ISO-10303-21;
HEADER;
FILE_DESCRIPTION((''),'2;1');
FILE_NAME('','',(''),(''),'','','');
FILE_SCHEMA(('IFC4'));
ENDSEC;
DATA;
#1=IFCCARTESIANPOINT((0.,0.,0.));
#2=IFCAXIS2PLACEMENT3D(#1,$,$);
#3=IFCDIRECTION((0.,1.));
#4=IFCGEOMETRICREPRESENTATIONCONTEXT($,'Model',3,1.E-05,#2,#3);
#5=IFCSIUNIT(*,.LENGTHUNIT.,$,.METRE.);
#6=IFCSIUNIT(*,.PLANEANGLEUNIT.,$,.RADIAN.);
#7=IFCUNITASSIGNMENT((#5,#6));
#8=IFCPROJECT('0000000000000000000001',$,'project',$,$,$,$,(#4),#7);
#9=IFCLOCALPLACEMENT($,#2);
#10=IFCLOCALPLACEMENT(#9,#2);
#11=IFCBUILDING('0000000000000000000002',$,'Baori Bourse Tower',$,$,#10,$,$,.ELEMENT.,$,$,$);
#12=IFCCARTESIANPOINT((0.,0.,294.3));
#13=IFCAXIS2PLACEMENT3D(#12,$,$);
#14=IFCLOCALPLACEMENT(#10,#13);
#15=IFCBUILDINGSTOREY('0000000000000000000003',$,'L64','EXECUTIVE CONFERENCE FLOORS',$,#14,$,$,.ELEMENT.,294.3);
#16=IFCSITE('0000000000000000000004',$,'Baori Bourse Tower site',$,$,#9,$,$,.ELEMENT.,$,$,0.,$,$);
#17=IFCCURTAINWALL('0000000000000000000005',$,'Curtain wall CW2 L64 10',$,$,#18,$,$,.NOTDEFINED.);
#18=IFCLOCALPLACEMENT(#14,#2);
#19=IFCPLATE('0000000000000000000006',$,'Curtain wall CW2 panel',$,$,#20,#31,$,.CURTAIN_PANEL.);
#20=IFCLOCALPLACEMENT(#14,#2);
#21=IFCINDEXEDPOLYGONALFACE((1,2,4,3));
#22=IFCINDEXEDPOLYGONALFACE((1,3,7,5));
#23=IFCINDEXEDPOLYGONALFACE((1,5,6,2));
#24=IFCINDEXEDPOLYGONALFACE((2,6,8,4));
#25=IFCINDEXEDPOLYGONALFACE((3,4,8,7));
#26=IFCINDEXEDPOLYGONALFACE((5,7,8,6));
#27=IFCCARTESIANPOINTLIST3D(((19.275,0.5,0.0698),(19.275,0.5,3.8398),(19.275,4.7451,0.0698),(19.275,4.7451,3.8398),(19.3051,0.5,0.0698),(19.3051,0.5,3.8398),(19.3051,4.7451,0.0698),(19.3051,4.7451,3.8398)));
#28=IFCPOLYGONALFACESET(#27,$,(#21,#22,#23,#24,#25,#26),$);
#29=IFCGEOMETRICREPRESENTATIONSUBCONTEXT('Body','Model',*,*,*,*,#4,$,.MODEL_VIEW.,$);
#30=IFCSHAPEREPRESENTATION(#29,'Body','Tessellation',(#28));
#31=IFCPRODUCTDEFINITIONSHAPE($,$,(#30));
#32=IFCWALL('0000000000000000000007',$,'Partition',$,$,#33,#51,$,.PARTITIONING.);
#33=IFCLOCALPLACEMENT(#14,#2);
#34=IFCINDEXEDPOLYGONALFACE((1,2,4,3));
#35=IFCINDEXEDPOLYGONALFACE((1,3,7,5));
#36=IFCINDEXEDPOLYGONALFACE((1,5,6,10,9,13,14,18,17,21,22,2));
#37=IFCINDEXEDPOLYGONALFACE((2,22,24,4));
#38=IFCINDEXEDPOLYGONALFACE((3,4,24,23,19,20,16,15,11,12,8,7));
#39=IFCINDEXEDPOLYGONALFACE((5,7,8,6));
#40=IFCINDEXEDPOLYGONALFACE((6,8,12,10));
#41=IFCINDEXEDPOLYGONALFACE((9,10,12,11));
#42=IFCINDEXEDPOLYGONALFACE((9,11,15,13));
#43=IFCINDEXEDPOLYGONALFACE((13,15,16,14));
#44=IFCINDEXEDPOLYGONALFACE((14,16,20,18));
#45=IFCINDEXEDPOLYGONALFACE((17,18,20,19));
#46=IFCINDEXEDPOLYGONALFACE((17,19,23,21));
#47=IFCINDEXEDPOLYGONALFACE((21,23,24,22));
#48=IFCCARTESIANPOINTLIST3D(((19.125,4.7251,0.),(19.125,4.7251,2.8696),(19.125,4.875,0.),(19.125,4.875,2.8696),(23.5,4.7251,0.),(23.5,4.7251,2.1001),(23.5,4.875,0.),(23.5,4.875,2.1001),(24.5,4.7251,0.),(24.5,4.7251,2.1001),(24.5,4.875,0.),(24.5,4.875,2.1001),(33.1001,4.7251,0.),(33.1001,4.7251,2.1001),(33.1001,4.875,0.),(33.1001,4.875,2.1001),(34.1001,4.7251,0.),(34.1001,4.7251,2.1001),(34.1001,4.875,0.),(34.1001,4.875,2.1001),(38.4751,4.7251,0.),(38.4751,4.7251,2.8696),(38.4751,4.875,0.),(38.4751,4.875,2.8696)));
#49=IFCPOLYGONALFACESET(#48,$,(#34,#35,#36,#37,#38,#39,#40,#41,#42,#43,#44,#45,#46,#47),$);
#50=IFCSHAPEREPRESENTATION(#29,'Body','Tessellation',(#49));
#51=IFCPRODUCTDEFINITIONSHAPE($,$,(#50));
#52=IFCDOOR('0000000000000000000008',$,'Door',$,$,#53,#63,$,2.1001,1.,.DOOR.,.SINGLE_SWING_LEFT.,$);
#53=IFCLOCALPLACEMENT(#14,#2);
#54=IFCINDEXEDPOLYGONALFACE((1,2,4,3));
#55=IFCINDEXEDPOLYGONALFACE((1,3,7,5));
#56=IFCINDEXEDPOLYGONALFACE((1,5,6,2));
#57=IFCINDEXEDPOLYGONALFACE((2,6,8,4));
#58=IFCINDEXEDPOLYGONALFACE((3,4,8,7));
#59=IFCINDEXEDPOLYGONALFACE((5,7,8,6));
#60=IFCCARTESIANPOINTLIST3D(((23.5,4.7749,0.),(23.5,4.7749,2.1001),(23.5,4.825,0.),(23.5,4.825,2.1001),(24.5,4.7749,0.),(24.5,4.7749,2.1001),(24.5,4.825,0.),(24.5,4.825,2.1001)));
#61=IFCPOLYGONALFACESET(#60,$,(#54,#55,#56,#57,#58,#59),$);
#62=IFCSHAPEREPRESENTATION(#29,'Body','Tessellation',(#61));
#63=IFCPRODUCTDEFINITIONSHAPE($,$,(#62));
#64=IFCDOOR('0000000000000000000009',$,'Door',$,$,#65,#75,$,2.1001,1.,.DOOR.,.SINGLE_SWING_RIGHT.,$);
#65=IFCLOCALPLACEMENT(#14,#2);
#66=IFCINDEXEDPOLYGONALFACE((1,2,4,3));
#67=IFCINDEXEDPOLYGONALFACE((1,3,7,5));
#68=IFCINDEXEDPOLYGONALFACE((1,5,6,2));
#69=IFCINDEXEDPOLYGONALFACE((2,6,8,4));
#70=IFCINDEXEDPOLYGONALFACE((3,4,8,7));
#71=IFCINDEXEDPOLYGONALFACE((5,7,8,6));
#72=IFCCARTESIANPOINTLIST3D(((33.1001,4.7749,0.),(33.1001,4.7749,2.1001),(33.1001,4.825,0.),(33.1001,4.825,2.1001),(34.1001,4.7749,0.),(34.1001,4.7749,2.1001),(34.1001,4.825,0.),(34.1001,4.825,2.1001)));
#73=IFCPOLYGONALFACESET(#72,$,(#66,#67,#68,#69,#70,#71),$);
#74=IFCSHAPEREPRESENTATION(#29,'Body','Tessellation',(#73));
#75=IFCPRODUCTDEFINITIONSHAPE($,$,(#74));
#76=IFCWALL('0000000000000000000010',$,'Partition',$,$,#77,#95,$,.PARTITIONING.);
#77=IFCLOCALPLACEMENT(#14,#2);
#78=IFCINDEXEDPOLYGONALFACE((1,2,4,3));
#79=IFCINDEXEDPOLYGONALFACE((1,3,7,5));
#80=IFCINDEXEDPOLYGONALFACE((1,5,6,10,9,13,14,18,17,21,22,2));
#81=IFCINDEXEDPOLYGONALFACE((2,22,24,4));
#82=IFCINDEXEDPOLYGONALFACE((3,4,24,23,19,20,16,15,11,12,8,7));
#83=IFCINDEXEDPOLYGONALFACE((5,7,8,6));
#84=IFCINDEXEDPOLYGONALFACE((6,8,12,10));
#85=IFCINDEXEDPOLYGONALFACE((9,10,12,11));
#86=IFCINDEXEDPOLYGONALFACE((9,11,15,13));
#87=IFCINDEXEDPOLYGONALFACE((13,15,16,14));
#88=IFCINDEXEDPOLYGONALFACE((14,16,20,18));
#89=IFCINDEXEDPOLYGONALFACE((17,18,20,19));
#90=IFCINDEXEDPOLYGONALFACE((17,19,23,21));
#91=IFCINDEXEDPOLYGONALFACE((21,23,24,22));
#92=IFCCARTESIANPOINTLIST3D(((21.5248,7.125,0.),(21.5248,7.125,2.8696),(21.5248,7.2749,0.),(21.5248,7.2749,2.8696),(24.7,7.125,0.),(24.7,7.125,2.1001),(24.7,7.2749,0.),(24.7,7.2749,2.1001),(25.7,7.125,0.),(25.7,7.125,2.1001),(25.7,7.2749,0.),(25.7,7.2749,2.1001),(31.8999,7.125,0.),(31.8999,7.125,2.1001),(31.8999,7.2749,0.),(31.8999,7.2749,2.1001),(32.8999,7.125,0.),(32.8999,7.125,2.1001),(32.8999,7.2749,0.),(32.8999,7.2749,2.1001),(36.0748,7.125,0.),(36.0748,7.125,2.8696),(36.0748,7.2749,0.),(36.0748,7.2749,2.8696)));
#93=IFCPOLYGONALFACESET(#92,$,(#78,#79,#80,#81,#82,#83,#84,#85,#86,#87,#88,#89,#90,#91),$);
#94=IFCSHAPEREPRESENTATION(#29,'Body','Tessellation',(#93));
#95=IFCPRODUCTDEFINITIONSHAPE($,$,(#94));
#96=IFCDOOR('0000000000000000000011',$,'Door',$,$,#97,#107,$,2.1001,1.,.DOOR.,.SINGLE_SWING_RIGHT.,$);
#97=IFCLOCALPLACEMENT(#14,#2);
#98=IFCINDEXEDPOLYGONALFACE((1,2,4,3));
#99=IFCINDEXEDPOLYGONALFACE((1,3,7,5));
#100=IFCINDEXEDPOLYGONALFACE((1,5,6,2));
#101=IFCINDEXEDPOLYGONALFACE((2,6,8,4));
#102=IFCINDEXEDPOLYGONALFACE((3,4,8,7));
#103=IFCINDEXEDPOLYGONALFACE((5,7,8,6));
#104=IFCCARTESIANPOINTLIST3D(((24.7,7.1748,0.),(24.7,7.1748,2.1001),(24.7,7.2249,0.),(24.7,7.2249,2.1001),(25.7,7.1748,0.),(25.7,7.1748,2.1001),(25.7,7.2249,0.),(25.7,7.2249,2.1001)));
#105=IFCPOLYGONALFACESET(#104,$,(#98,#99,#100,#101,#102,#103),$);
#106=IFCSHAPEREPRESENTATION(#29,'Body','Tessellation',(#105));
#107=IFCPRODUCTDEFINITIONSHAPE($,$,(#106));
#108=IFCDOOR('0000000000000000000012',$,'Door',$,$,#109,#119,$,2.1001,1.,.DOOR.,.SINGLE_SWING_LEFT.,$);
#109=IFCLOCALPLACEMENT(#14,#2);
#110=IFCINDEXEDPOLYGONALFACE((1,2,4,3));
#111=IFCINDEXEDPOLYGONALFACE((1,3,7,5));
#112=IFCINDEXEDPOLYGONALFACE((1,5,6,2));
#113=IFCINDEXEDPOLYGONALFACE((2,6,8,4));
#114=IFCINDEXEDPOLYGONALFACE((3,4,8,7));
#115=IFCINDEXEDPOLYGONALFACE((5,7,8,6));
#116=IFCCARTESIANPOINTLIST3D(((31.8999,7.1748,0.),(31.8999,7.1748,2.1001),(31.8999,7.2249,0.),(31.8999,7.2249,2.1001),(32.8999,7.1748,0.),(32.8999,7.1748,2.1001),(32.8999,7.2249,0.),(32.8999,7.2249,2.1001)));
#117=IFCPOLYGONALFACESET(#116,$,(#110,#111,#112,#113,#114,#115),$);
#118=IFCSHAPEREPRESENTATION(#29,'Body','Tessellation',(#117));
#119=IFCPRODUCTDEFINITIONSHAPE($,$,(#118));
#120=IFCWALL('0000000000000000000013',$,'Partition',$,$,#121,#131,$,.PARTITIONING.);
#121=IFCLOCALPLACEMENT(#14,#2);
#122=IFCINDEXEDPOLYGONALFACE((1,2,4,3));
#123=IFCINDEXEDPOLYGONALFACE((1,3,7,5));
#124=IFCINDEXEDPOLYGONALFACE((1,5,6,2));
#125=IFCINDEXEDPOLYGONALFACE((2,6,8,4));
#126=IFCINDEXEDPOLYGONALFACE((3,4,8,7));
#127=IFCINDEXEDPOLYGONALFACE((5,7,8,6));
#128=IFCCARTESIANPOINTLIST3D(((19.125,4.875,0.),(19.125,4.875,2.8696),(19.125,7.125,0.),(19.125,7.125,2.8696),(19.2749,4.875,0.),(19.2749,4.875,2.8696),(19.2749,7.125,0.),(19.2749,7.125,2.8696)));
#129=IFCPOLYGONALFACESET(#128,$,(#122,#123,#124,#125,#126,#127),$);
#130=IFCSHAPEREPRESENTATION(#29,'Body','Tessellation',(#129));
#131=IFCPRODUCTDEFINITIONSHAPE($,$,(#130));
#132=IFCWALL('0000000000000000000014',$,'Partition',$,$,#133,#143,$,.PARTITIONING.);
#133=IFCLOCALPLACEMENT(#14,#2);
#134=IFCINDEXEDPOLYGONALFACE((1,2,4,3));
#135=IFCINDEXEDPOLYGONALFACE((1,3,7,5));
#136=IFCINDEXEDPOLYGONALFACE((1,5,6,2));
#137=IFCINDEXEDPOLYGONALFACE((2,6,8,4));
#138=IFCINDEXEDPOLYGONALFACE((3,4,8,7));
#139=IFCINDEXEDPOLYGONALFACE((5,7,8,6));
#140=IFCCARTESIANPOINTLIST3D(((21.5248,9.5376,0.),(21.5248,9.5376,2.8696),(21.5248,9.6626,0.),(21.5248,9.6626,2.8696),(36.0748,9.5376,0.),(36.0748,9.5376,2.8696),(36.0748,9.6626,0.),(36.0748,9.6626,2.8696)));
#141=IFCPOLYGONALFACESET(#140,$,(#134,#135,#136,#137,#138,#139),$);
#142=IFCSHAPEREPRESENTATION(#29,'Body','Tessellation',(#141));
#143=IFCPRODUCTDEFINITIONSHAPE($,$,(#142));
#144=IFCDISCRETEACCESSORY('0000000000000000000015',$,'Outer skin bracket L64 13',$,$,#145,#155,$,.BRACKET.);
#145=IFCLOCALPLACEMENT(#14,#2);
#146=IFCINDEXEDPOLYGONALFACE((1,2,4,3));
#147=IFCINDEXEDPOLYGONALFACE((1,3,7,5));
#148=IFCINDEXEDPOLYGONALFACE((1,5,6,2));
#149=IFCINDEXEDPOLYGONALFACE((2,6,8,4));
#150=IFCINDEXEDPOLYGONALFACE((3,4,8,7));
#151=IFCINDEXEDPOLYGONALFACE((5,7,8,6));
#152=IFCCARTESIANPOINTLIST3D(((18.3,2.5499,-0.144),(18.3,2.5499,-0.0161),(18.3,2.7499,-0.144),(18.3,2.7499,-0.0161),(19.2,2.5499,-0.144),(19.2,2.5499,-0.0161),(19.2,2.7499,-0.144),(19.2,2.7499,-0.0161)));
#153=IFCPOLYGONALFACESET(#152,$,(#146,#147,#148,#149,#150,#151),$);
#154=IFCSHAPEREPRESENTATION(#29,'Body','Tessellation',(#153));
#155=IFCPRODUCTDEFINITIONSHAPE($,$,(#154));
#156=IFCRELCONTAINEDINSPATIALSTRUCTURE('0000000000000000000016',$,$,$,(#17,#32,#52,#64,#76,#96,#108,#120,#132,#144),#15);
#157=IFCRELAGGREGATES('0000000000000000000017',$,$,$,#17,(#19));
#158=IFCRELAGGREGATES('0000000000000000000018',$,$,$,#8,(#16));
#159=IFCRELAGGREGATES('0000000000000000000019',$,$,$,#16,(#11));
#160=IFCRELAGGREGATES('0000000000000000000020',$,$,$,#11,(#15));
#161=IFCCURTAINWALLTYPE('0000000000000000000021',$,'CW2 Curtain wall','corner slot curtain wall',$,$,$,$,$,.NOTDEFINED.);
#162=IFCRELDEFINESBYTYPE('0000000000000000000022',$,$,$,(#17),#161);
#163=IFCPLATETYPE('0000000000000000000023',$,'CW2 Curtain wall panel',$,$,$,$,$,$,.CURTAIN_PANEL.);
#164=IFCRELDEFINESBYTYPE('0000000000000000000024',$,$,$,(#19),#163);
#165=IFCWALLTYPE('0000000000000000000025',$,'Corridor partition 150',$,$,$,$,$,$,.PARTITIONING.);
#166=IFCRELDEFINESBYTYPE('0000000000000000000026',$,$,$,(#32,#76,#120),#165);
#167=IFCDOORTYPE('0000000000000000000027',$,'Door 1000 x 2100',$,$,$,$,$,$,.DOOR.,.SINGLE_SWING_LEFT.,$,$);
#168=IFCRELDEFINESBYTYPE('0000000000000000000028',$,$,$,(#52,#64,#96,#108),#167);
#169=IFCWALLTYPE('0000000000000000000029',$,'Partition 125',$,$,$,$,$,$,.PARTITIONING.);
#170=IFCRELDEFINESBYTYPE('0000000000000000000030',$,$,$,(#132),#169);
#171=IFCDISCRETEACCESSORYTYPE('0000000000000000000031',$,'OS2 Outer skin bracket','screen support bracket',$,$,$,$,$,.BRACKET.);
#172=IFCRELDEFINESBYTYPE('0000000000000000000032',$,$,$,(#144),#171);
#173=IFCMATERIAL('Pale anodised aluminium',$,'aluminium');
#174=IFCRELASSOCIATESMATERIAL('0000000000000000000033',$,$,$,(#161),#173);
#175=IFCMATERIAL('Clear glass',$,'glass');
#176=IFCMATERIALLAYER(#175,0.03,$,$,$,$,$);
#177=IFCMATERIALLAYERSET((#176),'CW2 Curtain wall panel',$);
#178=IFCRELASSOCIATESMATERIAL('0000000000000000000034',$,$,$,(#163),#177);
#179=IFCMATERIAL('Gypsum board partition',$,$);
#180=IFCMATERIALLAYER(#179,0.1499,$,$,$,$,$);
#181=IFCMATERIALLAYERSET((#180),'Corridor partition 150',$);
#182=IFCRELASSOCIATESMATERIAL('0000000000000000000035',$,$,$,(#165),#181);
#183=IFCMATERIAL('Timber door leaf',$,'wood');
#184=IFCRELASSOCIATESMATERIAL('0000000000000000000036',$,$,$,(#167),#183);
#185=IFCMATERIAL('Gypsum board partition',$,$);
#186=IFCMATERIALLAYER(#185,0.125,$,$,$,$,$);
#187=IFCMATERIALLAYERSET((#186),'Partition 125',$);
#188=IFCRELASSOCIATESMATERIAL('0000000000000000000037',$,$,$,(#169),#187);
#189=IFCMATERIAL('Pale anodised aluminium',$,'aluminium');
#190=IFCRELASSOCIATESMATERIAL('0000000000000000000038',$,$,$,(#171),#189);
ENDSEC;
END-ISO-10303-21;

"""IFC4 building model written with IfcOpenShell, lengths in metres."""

from ifc_helpers import new_model, si_unit, direction, frame, frame_2d, origin, origin_2d, place, context, subcontext, project, spatial, rectangle, extrude, material, layer, layer_set, type_object, element, fill, aggregate, save


model = new_model("IFC4")

# Units and contexts
model_context = context("Model", 3, precision=1e-05, world=origin(), true_north=direction((0.0, 1.0)))
body_context = subcontext(model_context, "Body", "Model", "MODEL_VIEW")
ifc_project = project(units=[si_unit("LENGTHUNIT", "METRE"), si_unit("PLANEANGLEUNIT", "RADIAN")], contexts=[model_context])

# Site, building, storey
site_placement = place(None, origin())
site = spatial("IfcSite", under=ifc_project, at=site_placement, Name="Baori Bourse Tower site", CompositionType="ELEMENT", RefElevation=0.0)
building_placement = place(site_placement, origin())
building = spatial("IfcBuilding", under=site, at=building_placement, Name="Baori Bourse Tower", CompositionType="ELEMENT")
storey_placement = place(building_placement, frame((0.0, 0.0, 294.3)))
storey = spatial("IfcBuildingStorey", under=building, at=storey_placement, Name="L64", Description="EXECUTIVE CONFERENCE FLOORS", CompositionType="ELEMENT", Elevation=294.3)

# Curtain wall
ifc_material_1 = material(Name="Pale anodised aluminium", Category="aluminium")
curtain_wall_type_1 = type_object("IfcCurtainWallType", Name="CW2 Curtain wall", Description="corner slot curtain wall", PredefinedType="NOTDEFINED", material=ifc_material_1)
curtain_wall_1_placement = place(storey_placement, origin())
curtain_wall_1 = element("IfcCurtainWall", 1, at=curtain_wall_1_placement, inside=storey, type_object=curtain_wall_type_1, Name="Curtain wall CW2 L64 10", PredefinedType="NOTDEFINED")

# Plate
ifc_material_2 = material(Name="Clear glass", Category="glass")
ifc_layer_1 = layer(ifc_material_2, 0.03)
ifc_layer_set_1 = layer_set([ifc_layer_1], Name="CW2 Curtain wall panel")
plate_type = type_object("IfcPlateType", Name="CW2 Curtain wall panel", PredefinedType="CURTAIN_PANEL", material=ifc_layer_set_1)
plate_placement = place(storey_placement, frame((19.29, 2.6226, 0.0698), z_axis=(0.0, 0.0, 1.0), x_axis=(0.0, -1.0, 0.0)))
plate = element("IfcPlate", 2, at=plate_placement, type_object=plate_type, Name="Curtain wall CW2 panel", PredefinedType="CURTAIN_PANEL", context=body_context, shape_type="SweptSolid", body=[
    extrude(rectangle(XDim=4.2451, YDim=0.03, at=origin_2d()), origin(), (0.0, 0.0, 1.0), 3.77),
])
aggregate(curtain_wall_1, [plate])

# Walls, openings, doors
ifc_material_3 = material(Name="Gypsum board partition")
ifc_layer_2 = layer(ifc_material_3, 0.1499)
ifc_layer_set_2 = layer_set([ifc_layer_2], Name="Corridor partition 150")
wall_type_1 = type_object("IfcWallType", Name="Corridor partition 150", PredefinedType="PARTITIONING", material=ifc_layer_set_2)
wall_1_placement = place(storey_placement, frame((19.125, 4.8, 0.0), z_axis=(0.0, 0.0, 1.0), x_axis=(1.0, 0.0, 0.0)))
wall_1 = element("IfcWall", 3, at=wall_1_placement, inside=storey, type_object=wall_type_1, Name="Partition", PredefinedType="PARTITIONING", context=body_context, shape_type="SweptSolid", body=[
    extrude(rectangle(XDim=19.3501, YDim=0.1499, at=frame_2d((9.675, 0.0))), origin(), (0.0, 0.0, 1.0), 2.8696),
])
opening_1_placement = place(wall_1_placement, frame((4.375, 0.0, 0.0)))
opening_1 = element("IfcOpeningElement", 4, at=opening_1_placement, cuts=wall_1, PredefinedType="OPENING", context=body_context, shape_type="SweptSolid", body=[
    extrude(rectangle(XDim=1.0, YDim=2.1001, at=frame_2d((0.5, 1.05))), frame((0.0, 0.085, 0.0), z_axis=(0.0, -1.0, 0.0), x_axis=(1.0, 0.0, 0.0)), (0.0, 0.0, 1.0), 0.1699),
])
opening_2_placement = place(wall_1_placement, frame((13.9751, 0.0, 0.0)))
opening_2 = element("IfcOpeningElement", 5, at=opening_2_placement, cuts=wall_1, PredefinedType="OPENING", context=body_context, shape_type="SweptSolid", body=[
    extrude(rectangle(XDim=1.0, YDim=2.1001, at=frame_2d((0.5, 1.05))), frame((0.0, 0.085, 0.0), z_axis=(0.0, -1.0, 0.0), x_axis=(1.0, 0.0, 0.0)), (0.0, 0.0, 1.0), 0.1699),
])
ifc_material_4 = material(Name="Timber door leaf", Category="wood")
door_type = type_object("IfcDoorType", Name="Door 1000 x 2100", OperationType="SINGLE_SWING_LEFT", PredefinedType="DOOR", material=ifc_material_4)
door_1_placement = place(opening_1_placement, origin())
door_1 = element("IfcDoor", 6, at=door_1_placement, inside=storey, type_object=door_type, Name="Door", OperationType="SINGLE_SWING_LEFT", OverallHeight=2.1001, OverallWidth=1.0, PredefinedType="DOOR", context=body_context, shape_type="SweptSolid", body=[
    extrude(rectangle(XDim=1.0, YDim=2.1001, at=frame_2d((0.5, 1.05))), frame((0.0, 0.0249, 0.0), z_axis=(0.0, -1.0, 0.0), x_axis=(1.0, 0.0, 0.0)), (0.0, 0.0, 1.0), 0.05),
])
fill(opening_1, door_1)
door_2_placement = place(opening_2_placement, origin())
door_2 = element("IfcDoor", 7, at=door_2_placement, inside=storey, type_object=door_type, Name="Door", OperationType="SINGLE_SWING_RIGHT", OverallHeight=2.1001, OverallWidth=1.0, PredefinedType="DOOR", context=body_context, shape_type="SweptSolid", body=[
    extrude(rectangle(XDim=1.0, YDim=2.1001, at=frame_2d((0.5, 1.05))), frame((0.0, 0.0249, 0.0), z_axis=(0.0, -1.0, 0.0), x_axis=(1.0, 0.0, 0.0)), (0.0, 0.0, 1.0), 0.05),
])
fill(opening_2, door_2)
wall_2_placement = place(storey_placement, frame((21.5249, 7.2, 0.0), z_axis=(0.0, 0.0, 1.0), x_axis=(1.0, 0.0, 0.0)))
wall_2 = element("IfcWall", 8, at=wall_2_placement, inside=storey, type_object=wall_type_1, Name="Partition", PredefinedType="PARTITIONING", context=body_context, shape_type="SweptSolid", body=[
    extrude(rectangle(XDim=14.55, YDim=0.1499, at=frame_2d((7.2749, 0.0))), origin(), (0.0, 0.0, 1.0), 2.8696),
])
opening_3_placement = place(wall_2_placement, frame((3.175, 0.0, 0.0)))
opening_3 = element("IfcOpeningElement", 9, at=opening_3_placement, cuts=wall_2, PredefinedType="OPENING", context=body_context, shape_type="SweptSolid", body=[
    extrude(rectangle(XDim=1.0, YDim=2.1001, at=frame_2d((0.5, 1.05))), frame((0.0, 0.085, 0.0), z_axis=(0.0, -1.0, 0.0), x_axis=(1.0, 0.0, 0.0)), (0.0, 0.0, 1.0), 0.1699),
])
opening_4_placement = place(wall_2_placement, frame((10.375, 0.0, 0.0)))
opening_4 = element("IfcOpeningElement", 10, at=opening_4_placement, cuts=wall_2, PredefinedType="OPENING", context=body_context, shape_type="SweptSolid", body=[
    extrude(rectangle(XDim=1.0, YDim=2.1001, at=frame_2d((0.5, 1.05))), frame((0.0, 0.085, 0.0), z_axis=(0.0, -1.0, 0.0), x_axis=(1.0, 0.0, 0.0)), (0.0, 0.0, 1.0), 0.1699),
])
door_3_placement = place(opening_3_placement, origin())
door_3 = element("IfcDoor", 11, at=door_3_placement, inside=storey, type_object=door_type, Name="Door", OperationType="SINGLE_SWING_RIGHT", OverallHeight=2.1001, OverallWidth=1.0, PredefinedType="DOOR", context=body_context, shape_type="SweptSolid", body=[
    extrude(rectangle(XDim=1.0, YDim=2.1001, at=frame_2d((0.5, 1.05))), frame((0.0, 0.0249, 0.0), z_axis=(0.0, -1.0, 0.0), x_axis=(1.0, 0.0, 0.0)), (0.0, 0.0, 1.0), 0.05),
])
fill(opening_3, door_3)
door_4_placement = place(opening_4_placement, origin())
door_4 = element("IfcDoor", 12, at=door_4_placement, inside=storey, type_object=door_type, Name="Door", OperationType="SINGLE_SWING_LEFT", OverallHeight=2.1001, OverallWidth=1.0, PredefinedType="DOOR", context=body_context, shape_type="SweptSolid", body=[
    extrude(rectangle(XDim=1.0, YDim=2.1001, at=frame_2d((0.5, 1.05))), frame((0.0, 0.0249, 0.0), z_axis=(0.0, -1.0, 0.0), x_axis=(1.0, 0.0, 0.0)), (0.0, 0.0, 1.0), 0.05),
])
fill(opening_4, door_4)

# Walls
wall_3_placement = place(storey_placement, frame((19.2, 4.875, 0.0), z_axis=(0.0, 0.0, 1.0), x_axis=(0.0, 1.0, 0.0)))
element("IfcWall", 13, at=wall_3_placement, inside=storey, type_object=wall_type_1, Name="Partition", PredefinedType="PARTITIONING", context=body_context, shape_type="SweptSolid", body=[
    extrude(rectangle(XDim=2.25, YDim=0.1499, at=frame_2d((1.125, 0.0))), origin(), (0.0, 0.0, 1.0), 2.8696),
])
ifc_material_5 = material(Name="Gypsum board partition")
ifc_layer_3 = layer(ifc_material_5, 0.125)
ifc_layer_set_3 = layer_set([ifc_layer_3], Name="Partition 125")
wall_type_2 = type_object("IfcWallType", Name="Partition 125", PredefinedType="PARTITIONING", material=ifc_layer_set_3)
wall_4_placement = place(storey_placement, frame((21.5249, 9.6001, 0.0), z_axis=(0.0, 0.0, 1.0), x_axis=(1.0, 0.0, 0.0)))
element("IfcWall", 14, at=wall_4_placement, inside=storey, type_object=wall_type_2, Name="Partition", PredefinedType="PARTITIONING", context=body_context, shape_type="SweptSolid", body=[
    extrude(rectangle(XDim=14.55, YDim=0.125, at=frame_2d((7.2749, 0.0))), origin(), (0.0, 0.0, 1.0), 2.8696),
])

# Discrete accessory
ifc_material_6 = material(Name="Pale anodised aluminium", Category="aluminium")
discrete_accessory_type = type_object("IfcDiscreteAccessoryType", Name="OS2 Outer skin bracket", Description="screen support bracket", PredefinedType="BRACKET", material=ifc_material_6)
discrete_accessory_placement = place(storey_placement, frame((18.75, 2.6499, -0.144), z_axis=(0.0, 0.0, 1.0), x_axis=(0.0, -1.0, 0.0)))
element("IfcDiscreteAccessory", 15, at=discrete_accessory_placement, inside=storey, type_object=discrete_accessory_type, Name="Outer skin bracket L64 13", PredefinedType="BRACKET", context=body_context, shape_type="SweptSolid", body=[
    extrude(rectangle(XDim=0.2, YDim=0.8999, at=origin_2d()), origin(), (0.0, 0.0, 1.0), 0.1279),
])

save(model, "model.ifc")
